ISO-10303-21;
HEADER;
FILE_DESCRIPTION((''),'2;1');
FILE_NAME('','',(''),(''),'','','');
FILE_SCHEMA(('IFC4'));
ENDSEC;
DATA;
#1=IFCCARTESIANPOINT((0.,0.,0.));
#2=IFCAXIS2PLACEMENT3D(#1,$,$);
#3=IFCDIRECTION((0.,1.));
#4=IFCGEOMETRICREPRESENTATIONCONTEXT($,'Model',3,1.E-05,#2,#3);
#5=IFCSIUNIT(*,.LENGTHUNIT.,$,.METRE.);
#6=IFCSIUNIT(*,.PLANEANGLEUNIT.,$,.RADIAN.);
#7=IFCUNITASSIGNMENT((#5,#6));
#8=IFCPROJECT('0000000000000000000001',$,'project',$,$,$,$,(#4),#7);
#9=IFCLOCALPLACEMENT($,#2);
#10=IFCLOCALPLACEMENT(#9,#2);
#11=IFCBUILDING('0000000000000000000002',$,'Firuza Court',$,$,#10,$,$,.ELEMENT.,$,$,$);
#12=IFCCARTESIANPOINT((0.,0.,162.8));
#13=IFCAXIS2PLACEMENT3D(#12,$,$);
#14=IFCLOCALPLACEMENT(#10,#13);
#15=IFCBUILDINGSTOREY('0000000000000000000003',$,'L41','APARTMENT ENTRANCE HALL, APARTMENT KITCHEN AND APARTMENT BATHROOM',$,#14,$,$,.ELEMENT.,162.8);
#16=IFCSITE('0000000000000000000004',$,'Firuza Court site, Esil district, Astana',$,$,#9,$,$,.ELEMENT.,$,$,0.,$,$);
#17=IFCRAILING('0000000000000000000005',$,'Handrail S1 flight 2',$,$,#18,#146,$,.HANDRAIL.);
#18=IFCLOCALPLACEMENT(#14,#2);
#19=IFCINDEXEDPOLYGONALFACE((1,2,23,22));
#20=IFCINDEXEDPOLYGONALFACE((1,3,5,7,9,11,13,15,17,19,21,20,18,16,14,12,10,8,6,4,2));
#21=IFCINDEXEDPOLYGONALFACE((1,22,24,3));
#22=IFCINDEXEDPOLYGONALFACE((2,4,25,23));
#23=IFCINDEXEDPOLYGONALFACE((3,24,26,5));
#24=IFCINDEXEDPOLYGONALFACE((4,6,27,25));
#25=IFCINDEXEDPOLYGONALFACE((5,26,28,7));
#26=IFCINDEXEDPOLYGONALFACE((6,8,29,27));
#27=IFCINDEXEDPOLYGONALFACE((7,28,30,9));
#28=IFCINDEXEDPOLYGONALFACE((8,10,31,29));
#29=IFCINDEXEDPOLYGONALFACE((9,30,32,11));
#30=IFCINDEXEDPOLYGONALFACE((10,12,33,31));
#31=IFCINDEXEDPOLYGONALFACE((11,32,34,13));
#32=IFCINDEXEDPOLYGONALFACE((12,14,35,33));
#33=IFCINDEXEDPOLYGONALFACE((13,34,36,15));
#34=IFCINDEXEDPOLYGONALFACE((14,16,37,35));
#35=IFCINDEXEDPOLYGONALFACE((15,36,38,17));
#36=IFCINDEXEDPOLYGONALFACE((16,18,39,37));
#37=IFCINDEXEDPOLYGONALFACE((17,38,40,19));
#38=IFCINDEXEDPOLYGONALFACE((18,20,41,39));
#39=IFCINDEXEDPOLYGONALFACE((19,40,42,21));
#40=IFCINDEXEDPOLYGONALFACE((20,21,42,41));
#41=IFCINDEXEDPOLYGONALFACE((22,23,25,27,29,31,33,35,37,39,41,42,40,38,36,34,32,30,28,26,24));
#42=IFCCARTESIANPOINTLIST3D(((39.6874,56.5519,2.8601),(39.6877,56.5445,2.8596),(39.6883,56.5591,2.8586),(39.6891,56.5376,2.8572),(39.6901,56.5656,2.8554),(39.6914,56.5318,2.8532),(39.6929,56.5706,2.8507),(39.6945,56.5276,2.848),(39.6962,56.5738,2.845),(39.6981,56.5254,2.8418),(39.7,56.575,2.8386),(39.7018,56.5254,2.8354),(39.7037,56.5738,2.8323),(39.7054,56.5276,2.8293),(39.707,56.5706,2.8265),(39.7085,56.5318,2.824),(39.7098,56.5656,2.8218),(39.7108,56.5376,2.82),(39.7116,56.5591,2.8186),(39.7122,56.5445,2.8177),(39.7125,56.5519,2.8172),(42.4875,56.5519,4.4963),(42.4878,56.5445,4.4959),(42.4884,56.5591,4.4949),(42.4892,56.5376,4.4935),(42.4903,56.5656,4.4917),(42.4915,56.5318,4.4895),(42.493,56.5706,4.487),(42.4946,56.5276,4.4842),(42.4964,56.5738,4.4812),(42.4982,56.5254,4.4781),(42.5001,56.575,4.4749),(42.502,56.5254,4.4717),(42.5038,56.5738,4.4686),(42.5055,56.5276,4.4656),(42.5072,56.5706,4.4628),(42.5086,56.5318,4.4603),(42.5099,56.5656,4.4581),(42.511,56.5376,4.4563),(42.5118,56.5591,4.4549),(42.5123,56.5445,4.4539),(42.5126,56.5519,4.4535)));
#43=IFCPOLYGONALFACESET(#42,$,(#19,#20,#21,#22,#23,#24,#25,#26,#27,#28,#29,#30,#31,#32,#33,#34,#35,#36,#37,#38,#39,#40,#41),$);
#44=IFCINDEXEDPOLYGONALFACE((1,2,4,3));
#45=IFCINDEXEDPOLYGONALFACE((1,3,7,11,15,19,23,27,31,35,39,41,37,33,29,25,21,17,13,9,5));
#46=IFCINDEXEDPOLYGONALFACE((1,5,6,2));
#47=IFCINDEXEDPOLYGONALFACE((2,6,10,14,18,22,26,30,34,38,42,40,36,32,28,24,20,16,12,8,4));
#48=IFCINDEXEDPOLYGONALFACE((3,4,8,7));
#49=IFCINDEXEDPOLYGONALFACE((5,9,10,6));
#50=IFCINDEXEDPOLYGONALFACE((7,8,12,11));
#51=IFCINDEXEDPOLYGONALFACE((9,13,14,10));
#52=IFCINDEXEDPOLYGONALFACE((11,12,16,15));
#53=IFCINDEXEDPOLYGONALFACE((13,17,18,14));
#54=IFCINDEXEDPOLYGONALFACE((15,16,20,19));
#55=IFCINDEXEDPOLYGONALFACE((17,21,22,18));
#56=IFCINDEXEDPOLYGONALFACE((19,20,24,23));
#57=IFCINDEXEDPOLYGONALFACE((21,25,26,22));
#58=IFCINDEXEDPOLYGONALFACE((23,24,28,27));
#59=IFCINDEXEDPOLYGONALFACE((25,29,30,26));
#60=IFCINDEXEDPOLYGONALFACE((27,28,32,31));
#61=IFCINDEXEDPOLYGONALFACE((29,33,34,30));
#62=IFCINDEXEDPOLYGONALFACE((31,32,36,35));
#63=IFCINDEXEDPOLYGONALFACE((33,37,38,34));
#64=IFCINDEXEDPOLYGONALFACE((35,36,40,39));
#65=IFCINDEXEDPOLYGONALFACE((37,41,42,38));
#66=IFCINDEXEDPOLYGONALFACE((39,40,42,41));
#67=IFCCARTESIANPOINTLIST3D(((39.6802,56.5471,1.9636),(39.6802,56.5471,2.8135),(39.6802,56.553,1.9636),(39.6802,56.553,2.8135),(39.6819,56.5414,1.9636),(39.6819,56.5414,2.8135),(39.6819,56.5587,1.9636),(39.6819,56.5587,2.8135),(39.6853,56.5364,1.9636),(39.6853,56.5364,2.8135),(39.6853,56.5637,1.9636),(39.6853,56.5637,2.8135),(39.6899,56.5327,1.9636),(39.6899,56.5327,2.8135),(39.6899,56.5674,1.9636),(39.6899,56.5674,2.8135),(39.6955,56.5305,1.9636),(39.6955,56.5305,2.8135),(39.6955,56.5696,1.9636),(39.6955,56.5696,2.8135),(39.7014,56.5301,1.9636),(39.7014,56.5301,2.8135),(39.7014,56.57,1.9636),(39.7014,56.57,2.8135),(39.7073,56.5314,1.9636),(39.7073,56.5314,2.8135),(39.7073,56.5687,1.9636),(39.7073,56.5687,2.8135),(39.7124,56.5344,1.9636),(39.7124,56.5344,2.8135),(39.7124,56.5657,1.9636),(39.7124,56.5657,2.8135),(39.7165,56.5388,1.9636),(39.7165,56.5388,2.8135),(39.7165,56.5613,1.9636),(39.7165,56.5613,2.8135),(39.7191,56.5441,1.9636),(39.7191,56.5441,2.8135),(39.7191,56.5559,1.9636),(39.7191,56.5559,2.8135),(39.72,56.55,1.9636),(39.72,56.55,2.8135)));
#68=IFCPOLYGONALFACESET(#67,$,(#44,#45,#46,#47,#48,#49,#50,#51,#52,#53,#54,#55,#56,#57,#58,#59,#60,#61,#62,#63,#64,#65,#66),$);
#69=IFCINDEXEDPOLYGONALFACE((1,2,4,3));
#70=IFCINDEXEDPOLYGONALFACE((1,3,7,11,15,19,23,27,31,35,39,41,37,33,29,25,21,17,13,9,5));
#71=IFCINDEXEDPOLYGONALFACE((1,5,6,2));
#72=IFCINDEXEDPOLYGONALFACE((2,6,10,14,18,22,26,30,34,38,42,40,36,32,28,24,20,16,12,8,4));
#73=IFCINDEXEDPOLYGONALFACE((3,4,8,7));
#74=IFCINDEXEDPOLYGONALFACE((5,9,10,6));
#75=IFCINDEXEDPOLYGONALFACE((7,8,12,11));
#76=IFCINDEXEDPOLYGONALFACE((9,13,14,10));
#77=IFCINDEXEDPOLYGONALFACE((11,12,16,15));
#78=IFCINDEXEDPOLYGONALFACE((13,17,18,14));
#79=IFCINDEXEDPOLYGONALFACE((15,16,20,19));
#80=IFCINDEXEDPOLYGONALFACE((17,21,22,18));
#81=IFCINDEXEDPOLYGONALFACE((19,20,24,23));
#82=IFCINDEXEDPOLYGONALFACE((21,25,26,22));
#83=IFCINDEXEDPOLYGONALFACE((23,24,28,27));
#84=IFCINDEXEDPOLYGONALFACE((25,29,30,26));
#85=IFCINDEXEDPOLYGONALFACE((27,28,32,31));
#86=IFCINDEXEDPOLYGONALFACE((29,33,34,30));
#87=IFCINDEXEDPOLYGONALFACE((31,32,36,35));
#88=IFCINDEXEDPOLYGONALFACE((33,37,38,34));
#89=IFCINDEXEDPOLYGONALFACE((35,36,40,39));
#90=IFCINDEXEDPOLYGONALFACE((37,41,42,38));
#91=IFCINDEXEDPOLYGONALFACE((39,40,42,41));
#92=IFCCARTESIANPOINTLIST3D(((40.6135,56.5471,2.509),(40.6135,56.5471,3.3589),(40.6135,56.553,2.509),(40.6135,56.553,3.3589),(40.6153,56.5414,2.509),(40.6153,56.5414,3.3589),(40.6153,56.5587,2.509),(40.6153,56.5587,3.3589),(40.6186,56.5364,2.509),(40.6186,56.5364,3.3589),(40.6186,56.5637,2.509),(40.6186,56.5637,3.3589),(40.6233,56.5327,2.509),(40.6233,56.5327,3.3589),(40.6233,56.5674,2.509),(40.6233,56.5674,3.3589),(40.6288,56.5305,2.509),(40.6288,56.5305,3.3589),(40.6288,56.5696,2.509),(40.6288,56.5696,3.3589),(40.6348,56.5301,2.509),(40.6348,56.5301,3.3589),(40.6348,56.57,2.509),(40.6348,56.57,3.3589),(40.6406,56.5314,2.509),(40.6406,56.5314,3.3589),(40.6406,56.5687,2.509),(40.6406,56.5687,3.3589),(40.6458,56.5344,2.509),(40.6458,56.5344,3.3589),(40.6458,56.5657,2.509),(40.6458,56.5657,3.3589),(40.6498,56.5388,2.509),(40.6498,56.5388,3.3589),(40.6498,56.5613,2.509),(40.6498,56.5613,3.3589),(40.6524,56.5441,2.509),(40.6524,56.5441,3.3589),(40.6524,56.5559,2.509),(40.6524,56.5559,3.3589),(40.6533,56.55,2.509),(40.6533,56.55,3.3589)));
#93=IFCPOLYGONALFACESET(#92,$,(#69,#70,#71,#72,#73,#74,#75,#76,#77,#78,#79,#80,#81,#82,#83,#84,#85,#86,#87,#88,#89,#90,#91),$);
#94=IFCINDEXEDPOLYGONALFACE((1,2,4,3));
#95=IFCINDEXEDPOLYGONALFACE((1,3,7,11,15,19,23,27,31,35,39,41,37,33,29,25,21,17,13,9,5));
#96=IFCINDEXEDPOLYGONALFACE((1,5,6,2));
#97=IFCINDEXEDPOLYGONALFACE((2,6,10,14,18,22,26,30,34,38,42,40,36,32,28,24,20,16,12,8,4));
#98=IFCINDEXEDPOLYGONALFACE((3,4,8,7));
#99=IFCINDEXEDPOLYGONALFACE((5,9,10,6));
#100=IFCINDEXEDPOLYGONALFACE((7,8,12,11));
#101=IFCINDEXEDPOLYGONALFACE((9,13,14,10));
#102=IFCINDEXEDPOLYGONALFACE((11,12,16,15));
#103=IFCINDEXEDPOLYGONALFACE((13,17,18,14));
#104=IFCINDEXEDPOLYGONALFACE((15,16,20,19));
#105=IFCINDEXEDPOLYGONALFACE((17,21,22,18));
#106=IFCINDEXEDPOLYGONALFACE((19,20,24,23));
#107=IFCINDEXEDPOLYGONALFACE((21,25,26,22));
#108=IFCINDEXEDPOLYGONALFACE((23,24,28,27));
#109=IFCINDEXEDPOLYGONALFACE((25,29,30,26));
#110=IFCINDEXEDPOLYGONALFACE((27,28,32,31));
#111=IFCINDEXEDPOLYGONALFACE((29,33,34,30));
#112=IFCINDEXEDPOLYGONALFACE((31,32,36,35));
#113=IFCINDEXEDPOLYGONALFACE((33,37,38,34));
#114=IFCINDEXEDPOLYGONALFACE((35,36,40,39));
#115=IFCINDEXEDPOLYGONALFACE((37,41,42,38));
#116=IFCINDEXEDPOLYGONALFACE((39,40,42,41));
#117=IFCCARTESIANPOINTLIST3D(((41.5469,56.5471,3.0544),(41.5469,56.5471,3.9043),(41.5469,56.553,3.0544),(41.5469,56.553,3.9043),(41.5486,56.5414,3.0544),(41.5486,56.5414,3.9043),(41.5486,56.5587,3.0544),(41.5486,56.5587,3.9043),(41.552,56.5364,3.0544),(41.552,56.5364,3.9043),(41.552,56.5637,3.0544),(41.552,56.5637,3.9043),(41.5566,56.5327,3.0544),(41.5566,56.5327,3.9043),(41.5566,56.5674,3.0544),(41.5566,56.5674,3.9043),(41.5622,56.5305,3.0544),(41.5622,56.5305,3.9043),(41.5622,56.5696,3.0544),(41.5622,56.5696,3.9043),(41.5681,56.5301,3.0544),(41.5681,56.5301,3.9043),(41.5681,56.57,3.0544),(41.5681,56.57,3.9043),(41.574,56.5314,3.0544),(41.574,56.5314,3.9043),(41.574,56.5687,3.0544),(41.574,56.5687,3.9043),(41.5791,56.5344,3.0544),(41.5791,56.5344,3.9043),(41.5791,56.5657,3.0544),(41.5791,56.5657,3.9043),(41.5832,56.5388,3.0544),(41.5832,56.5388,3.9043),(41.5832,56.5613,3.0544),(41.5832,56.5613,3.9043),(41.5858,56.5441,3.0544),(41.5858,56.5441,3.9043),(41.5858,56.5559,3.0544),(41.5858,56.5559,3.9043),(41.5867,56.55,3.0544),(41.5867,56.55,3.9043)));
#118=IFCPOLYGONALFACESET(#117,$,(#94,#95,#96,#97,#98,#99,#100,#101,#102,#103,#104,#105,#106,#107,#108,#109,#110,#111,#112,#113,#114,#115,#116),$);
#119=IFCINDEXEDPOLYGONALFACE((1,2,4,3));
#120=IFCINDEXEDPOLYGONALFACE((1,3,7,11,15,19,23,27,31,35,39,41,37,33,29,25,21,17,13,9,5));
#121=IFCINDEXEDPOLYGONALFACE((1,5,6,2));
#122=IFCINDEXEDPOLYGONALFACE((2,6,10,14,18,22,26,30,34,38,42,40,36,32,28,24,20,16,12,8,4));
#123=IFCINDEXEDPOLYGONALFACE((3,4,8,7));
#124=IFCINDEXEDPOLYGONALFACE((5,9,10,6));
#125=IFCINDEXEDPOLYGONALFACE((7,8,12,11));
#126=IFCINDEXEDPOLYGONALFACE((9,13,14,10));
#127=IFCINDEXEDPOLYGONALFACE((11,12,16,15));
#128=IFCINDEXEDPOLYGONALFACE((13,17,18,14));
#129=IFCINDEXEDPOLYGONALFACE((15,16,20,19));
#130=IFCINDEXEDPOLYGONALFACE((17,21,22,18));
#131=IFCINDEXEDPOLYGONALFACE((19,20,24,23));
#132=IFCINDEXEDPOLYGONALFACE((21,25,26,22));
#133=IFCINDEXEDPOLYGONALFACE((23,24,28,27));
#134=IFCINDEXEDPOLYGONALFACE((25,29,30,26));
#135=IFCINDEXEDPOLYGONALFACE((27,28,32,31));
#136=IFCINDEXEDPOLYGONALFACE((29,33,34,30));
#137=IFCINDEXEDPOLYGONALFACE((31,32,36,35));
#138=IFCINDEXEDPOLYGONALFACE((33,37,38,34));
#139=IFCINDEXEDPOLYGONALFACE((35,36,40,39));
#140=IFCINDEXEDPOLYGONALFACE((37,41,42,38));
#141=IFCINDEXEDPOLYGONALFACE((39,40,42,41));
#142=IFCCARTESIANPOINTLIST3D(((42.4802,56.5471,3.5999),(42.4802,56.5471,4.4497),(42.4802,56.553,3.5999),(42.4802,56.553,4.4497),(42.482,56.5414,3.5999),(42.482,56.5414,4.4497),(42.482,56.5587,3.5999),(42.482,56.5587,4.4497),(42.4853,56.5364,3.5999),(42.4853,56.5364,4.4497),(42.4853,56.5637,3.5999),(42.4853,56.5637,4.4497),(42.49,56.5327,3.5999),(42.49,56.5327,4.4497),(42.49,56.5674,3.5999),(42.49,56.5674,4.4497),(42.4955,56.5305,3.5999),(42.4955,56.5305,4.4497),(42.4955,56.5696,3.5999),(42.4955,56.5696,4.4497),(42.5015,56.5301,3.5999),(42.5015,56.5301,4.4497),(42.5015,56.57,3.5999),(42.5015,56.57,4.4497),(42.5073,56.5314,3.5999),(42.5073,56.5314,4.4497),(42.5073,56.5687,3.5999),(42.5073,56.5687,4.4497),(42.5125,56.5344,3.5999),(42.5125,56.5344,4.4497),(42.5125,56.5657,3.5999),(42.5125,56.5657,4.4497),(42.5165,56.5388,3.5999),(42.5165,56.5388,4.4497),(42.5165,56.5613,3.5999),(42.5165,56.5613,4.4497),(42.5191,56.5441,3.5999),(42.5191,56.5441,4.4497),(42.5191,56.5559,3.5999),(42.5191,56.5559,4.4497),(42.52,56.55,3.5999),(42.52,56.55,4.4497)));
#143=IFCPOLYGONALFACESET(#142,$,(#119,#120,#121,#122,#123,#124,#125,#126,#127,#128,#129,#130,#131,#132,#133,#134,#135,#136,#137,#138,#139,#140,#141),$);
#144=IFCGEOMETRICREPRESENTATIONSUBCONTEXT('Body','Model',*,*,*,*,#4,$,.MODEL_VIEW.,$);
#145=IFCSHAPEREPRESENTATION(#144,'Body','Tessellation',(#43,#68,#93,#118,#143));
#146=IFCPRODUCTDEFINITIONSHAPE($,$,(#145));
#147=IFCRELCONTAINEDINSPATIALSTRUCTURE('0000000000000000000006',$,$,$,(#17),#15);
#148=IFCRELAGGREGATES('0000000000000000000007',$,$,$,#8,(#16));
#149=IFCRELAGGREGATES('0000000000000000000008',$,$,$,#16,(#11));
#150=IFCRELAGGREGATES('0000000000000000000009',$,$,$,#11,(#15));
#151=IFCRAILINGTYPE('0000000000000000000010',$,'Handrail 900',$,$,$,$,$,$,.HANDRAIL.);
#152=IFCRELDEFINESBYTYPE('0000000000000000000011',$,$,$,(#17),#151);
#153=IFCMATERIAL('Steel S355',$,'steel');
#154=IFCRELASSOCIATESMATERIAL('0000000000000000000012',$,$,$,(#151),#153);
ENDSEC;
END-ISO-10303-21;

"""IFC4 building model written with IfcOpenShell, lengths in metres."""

from ifc_helpers import new_model, si_unit, direction, frame, origin, origin_2d, place, context, subcontext, project, spatial, circle, extrude, material, type_object, element, save


model = new_model("IFC4")

# Units and contexts
model_context = context("Model", 3, precision=1e-05, world=origin(), true_north=direction((0.0, 1.0)))
body_context = subcontext(model_context, "Body", "Model", "MODEL_VIEW")
ifc_project = project(units=[si_unit("LENGTHUNIT", "METRE"), si_unit("PLANEANGLEUNIT", "RADIAN")], contexts=[model_context])

# Site, building, storey
site_placement = place(None, origin())
site = spatial("IfcSite", under=ifc_project, at=site_placement, Name="Firuza Court site, Esil district, Astana", CompositionType="ELEMENT", RefElevation=0.0)
building_placement = place(site_placement, origin())
building = spatial("IfcBuilding", under=site, at=building_placement, Name="Firuza Court", CompositionType="ELEMENT")
storey_placement = place(building_placement, frame((0.0, 0.0, 162.8)))
storey = spatial("IfcBuildingStorey", under=building, at=storey_placement, Name="L41", Description="APARTMENT ENTRANCE HALL, APARTMENT KITCHEN AND APARTMENT BATHROOM", CompositionType="ELEMENT", Elevation=162.8)

# Railing
ifc_material_1 = material(Name="Steel S355", Category="steel")
railing_type = type_object("IfcRailingType", Name="Handrail 900", PredefinedType="HANDRAIL", material=ifc_material_1)
railing_1_placement = place(storey_placement, frame((39.7, 56.55, 1.9636)))
element("IfcRailing", 1, at=railing_1_placement, inside=storey, type_object=railing_type, Name="Handrail S1 flight 2", PredefinedType="HANDRAIL", context=body_context, shape_type="SweptSolid", body=[
    extrude(circle(Radius=0.0249, at=origin_2d()), frame((0.0, 0.0, 0.875), z_axis=(0.863394, 0.0, 0.504531), x_axis=(0.0, 1.0, 0.0)), (0.0, 0.0, 1.0), 3.2432),
    extrude(circle(Radius=0.02, at=origin_2d()), origin(), (0.0, 0.0, 1.0), 0.8499),
    extrude(circle(Radius=0.02, at=origin_2d()), frame((0.9333, 0.0, 0.5454)), (0.0, 0.0, 1.0), 0.8499),
    extrude(circle(Radius=0.02, at=origin_2d()), frame((1.8667, 0.0, 1.0908)), (0.0, 0.0, 1.0), 0.8499),
    extrude(circle(Radius=0.02, at=origin_2d()), frame((2.8, 0.0, 1.6362)), (0.0, 0.0, 1.0), 0.8499),
])

save(model, "model.ifc")
